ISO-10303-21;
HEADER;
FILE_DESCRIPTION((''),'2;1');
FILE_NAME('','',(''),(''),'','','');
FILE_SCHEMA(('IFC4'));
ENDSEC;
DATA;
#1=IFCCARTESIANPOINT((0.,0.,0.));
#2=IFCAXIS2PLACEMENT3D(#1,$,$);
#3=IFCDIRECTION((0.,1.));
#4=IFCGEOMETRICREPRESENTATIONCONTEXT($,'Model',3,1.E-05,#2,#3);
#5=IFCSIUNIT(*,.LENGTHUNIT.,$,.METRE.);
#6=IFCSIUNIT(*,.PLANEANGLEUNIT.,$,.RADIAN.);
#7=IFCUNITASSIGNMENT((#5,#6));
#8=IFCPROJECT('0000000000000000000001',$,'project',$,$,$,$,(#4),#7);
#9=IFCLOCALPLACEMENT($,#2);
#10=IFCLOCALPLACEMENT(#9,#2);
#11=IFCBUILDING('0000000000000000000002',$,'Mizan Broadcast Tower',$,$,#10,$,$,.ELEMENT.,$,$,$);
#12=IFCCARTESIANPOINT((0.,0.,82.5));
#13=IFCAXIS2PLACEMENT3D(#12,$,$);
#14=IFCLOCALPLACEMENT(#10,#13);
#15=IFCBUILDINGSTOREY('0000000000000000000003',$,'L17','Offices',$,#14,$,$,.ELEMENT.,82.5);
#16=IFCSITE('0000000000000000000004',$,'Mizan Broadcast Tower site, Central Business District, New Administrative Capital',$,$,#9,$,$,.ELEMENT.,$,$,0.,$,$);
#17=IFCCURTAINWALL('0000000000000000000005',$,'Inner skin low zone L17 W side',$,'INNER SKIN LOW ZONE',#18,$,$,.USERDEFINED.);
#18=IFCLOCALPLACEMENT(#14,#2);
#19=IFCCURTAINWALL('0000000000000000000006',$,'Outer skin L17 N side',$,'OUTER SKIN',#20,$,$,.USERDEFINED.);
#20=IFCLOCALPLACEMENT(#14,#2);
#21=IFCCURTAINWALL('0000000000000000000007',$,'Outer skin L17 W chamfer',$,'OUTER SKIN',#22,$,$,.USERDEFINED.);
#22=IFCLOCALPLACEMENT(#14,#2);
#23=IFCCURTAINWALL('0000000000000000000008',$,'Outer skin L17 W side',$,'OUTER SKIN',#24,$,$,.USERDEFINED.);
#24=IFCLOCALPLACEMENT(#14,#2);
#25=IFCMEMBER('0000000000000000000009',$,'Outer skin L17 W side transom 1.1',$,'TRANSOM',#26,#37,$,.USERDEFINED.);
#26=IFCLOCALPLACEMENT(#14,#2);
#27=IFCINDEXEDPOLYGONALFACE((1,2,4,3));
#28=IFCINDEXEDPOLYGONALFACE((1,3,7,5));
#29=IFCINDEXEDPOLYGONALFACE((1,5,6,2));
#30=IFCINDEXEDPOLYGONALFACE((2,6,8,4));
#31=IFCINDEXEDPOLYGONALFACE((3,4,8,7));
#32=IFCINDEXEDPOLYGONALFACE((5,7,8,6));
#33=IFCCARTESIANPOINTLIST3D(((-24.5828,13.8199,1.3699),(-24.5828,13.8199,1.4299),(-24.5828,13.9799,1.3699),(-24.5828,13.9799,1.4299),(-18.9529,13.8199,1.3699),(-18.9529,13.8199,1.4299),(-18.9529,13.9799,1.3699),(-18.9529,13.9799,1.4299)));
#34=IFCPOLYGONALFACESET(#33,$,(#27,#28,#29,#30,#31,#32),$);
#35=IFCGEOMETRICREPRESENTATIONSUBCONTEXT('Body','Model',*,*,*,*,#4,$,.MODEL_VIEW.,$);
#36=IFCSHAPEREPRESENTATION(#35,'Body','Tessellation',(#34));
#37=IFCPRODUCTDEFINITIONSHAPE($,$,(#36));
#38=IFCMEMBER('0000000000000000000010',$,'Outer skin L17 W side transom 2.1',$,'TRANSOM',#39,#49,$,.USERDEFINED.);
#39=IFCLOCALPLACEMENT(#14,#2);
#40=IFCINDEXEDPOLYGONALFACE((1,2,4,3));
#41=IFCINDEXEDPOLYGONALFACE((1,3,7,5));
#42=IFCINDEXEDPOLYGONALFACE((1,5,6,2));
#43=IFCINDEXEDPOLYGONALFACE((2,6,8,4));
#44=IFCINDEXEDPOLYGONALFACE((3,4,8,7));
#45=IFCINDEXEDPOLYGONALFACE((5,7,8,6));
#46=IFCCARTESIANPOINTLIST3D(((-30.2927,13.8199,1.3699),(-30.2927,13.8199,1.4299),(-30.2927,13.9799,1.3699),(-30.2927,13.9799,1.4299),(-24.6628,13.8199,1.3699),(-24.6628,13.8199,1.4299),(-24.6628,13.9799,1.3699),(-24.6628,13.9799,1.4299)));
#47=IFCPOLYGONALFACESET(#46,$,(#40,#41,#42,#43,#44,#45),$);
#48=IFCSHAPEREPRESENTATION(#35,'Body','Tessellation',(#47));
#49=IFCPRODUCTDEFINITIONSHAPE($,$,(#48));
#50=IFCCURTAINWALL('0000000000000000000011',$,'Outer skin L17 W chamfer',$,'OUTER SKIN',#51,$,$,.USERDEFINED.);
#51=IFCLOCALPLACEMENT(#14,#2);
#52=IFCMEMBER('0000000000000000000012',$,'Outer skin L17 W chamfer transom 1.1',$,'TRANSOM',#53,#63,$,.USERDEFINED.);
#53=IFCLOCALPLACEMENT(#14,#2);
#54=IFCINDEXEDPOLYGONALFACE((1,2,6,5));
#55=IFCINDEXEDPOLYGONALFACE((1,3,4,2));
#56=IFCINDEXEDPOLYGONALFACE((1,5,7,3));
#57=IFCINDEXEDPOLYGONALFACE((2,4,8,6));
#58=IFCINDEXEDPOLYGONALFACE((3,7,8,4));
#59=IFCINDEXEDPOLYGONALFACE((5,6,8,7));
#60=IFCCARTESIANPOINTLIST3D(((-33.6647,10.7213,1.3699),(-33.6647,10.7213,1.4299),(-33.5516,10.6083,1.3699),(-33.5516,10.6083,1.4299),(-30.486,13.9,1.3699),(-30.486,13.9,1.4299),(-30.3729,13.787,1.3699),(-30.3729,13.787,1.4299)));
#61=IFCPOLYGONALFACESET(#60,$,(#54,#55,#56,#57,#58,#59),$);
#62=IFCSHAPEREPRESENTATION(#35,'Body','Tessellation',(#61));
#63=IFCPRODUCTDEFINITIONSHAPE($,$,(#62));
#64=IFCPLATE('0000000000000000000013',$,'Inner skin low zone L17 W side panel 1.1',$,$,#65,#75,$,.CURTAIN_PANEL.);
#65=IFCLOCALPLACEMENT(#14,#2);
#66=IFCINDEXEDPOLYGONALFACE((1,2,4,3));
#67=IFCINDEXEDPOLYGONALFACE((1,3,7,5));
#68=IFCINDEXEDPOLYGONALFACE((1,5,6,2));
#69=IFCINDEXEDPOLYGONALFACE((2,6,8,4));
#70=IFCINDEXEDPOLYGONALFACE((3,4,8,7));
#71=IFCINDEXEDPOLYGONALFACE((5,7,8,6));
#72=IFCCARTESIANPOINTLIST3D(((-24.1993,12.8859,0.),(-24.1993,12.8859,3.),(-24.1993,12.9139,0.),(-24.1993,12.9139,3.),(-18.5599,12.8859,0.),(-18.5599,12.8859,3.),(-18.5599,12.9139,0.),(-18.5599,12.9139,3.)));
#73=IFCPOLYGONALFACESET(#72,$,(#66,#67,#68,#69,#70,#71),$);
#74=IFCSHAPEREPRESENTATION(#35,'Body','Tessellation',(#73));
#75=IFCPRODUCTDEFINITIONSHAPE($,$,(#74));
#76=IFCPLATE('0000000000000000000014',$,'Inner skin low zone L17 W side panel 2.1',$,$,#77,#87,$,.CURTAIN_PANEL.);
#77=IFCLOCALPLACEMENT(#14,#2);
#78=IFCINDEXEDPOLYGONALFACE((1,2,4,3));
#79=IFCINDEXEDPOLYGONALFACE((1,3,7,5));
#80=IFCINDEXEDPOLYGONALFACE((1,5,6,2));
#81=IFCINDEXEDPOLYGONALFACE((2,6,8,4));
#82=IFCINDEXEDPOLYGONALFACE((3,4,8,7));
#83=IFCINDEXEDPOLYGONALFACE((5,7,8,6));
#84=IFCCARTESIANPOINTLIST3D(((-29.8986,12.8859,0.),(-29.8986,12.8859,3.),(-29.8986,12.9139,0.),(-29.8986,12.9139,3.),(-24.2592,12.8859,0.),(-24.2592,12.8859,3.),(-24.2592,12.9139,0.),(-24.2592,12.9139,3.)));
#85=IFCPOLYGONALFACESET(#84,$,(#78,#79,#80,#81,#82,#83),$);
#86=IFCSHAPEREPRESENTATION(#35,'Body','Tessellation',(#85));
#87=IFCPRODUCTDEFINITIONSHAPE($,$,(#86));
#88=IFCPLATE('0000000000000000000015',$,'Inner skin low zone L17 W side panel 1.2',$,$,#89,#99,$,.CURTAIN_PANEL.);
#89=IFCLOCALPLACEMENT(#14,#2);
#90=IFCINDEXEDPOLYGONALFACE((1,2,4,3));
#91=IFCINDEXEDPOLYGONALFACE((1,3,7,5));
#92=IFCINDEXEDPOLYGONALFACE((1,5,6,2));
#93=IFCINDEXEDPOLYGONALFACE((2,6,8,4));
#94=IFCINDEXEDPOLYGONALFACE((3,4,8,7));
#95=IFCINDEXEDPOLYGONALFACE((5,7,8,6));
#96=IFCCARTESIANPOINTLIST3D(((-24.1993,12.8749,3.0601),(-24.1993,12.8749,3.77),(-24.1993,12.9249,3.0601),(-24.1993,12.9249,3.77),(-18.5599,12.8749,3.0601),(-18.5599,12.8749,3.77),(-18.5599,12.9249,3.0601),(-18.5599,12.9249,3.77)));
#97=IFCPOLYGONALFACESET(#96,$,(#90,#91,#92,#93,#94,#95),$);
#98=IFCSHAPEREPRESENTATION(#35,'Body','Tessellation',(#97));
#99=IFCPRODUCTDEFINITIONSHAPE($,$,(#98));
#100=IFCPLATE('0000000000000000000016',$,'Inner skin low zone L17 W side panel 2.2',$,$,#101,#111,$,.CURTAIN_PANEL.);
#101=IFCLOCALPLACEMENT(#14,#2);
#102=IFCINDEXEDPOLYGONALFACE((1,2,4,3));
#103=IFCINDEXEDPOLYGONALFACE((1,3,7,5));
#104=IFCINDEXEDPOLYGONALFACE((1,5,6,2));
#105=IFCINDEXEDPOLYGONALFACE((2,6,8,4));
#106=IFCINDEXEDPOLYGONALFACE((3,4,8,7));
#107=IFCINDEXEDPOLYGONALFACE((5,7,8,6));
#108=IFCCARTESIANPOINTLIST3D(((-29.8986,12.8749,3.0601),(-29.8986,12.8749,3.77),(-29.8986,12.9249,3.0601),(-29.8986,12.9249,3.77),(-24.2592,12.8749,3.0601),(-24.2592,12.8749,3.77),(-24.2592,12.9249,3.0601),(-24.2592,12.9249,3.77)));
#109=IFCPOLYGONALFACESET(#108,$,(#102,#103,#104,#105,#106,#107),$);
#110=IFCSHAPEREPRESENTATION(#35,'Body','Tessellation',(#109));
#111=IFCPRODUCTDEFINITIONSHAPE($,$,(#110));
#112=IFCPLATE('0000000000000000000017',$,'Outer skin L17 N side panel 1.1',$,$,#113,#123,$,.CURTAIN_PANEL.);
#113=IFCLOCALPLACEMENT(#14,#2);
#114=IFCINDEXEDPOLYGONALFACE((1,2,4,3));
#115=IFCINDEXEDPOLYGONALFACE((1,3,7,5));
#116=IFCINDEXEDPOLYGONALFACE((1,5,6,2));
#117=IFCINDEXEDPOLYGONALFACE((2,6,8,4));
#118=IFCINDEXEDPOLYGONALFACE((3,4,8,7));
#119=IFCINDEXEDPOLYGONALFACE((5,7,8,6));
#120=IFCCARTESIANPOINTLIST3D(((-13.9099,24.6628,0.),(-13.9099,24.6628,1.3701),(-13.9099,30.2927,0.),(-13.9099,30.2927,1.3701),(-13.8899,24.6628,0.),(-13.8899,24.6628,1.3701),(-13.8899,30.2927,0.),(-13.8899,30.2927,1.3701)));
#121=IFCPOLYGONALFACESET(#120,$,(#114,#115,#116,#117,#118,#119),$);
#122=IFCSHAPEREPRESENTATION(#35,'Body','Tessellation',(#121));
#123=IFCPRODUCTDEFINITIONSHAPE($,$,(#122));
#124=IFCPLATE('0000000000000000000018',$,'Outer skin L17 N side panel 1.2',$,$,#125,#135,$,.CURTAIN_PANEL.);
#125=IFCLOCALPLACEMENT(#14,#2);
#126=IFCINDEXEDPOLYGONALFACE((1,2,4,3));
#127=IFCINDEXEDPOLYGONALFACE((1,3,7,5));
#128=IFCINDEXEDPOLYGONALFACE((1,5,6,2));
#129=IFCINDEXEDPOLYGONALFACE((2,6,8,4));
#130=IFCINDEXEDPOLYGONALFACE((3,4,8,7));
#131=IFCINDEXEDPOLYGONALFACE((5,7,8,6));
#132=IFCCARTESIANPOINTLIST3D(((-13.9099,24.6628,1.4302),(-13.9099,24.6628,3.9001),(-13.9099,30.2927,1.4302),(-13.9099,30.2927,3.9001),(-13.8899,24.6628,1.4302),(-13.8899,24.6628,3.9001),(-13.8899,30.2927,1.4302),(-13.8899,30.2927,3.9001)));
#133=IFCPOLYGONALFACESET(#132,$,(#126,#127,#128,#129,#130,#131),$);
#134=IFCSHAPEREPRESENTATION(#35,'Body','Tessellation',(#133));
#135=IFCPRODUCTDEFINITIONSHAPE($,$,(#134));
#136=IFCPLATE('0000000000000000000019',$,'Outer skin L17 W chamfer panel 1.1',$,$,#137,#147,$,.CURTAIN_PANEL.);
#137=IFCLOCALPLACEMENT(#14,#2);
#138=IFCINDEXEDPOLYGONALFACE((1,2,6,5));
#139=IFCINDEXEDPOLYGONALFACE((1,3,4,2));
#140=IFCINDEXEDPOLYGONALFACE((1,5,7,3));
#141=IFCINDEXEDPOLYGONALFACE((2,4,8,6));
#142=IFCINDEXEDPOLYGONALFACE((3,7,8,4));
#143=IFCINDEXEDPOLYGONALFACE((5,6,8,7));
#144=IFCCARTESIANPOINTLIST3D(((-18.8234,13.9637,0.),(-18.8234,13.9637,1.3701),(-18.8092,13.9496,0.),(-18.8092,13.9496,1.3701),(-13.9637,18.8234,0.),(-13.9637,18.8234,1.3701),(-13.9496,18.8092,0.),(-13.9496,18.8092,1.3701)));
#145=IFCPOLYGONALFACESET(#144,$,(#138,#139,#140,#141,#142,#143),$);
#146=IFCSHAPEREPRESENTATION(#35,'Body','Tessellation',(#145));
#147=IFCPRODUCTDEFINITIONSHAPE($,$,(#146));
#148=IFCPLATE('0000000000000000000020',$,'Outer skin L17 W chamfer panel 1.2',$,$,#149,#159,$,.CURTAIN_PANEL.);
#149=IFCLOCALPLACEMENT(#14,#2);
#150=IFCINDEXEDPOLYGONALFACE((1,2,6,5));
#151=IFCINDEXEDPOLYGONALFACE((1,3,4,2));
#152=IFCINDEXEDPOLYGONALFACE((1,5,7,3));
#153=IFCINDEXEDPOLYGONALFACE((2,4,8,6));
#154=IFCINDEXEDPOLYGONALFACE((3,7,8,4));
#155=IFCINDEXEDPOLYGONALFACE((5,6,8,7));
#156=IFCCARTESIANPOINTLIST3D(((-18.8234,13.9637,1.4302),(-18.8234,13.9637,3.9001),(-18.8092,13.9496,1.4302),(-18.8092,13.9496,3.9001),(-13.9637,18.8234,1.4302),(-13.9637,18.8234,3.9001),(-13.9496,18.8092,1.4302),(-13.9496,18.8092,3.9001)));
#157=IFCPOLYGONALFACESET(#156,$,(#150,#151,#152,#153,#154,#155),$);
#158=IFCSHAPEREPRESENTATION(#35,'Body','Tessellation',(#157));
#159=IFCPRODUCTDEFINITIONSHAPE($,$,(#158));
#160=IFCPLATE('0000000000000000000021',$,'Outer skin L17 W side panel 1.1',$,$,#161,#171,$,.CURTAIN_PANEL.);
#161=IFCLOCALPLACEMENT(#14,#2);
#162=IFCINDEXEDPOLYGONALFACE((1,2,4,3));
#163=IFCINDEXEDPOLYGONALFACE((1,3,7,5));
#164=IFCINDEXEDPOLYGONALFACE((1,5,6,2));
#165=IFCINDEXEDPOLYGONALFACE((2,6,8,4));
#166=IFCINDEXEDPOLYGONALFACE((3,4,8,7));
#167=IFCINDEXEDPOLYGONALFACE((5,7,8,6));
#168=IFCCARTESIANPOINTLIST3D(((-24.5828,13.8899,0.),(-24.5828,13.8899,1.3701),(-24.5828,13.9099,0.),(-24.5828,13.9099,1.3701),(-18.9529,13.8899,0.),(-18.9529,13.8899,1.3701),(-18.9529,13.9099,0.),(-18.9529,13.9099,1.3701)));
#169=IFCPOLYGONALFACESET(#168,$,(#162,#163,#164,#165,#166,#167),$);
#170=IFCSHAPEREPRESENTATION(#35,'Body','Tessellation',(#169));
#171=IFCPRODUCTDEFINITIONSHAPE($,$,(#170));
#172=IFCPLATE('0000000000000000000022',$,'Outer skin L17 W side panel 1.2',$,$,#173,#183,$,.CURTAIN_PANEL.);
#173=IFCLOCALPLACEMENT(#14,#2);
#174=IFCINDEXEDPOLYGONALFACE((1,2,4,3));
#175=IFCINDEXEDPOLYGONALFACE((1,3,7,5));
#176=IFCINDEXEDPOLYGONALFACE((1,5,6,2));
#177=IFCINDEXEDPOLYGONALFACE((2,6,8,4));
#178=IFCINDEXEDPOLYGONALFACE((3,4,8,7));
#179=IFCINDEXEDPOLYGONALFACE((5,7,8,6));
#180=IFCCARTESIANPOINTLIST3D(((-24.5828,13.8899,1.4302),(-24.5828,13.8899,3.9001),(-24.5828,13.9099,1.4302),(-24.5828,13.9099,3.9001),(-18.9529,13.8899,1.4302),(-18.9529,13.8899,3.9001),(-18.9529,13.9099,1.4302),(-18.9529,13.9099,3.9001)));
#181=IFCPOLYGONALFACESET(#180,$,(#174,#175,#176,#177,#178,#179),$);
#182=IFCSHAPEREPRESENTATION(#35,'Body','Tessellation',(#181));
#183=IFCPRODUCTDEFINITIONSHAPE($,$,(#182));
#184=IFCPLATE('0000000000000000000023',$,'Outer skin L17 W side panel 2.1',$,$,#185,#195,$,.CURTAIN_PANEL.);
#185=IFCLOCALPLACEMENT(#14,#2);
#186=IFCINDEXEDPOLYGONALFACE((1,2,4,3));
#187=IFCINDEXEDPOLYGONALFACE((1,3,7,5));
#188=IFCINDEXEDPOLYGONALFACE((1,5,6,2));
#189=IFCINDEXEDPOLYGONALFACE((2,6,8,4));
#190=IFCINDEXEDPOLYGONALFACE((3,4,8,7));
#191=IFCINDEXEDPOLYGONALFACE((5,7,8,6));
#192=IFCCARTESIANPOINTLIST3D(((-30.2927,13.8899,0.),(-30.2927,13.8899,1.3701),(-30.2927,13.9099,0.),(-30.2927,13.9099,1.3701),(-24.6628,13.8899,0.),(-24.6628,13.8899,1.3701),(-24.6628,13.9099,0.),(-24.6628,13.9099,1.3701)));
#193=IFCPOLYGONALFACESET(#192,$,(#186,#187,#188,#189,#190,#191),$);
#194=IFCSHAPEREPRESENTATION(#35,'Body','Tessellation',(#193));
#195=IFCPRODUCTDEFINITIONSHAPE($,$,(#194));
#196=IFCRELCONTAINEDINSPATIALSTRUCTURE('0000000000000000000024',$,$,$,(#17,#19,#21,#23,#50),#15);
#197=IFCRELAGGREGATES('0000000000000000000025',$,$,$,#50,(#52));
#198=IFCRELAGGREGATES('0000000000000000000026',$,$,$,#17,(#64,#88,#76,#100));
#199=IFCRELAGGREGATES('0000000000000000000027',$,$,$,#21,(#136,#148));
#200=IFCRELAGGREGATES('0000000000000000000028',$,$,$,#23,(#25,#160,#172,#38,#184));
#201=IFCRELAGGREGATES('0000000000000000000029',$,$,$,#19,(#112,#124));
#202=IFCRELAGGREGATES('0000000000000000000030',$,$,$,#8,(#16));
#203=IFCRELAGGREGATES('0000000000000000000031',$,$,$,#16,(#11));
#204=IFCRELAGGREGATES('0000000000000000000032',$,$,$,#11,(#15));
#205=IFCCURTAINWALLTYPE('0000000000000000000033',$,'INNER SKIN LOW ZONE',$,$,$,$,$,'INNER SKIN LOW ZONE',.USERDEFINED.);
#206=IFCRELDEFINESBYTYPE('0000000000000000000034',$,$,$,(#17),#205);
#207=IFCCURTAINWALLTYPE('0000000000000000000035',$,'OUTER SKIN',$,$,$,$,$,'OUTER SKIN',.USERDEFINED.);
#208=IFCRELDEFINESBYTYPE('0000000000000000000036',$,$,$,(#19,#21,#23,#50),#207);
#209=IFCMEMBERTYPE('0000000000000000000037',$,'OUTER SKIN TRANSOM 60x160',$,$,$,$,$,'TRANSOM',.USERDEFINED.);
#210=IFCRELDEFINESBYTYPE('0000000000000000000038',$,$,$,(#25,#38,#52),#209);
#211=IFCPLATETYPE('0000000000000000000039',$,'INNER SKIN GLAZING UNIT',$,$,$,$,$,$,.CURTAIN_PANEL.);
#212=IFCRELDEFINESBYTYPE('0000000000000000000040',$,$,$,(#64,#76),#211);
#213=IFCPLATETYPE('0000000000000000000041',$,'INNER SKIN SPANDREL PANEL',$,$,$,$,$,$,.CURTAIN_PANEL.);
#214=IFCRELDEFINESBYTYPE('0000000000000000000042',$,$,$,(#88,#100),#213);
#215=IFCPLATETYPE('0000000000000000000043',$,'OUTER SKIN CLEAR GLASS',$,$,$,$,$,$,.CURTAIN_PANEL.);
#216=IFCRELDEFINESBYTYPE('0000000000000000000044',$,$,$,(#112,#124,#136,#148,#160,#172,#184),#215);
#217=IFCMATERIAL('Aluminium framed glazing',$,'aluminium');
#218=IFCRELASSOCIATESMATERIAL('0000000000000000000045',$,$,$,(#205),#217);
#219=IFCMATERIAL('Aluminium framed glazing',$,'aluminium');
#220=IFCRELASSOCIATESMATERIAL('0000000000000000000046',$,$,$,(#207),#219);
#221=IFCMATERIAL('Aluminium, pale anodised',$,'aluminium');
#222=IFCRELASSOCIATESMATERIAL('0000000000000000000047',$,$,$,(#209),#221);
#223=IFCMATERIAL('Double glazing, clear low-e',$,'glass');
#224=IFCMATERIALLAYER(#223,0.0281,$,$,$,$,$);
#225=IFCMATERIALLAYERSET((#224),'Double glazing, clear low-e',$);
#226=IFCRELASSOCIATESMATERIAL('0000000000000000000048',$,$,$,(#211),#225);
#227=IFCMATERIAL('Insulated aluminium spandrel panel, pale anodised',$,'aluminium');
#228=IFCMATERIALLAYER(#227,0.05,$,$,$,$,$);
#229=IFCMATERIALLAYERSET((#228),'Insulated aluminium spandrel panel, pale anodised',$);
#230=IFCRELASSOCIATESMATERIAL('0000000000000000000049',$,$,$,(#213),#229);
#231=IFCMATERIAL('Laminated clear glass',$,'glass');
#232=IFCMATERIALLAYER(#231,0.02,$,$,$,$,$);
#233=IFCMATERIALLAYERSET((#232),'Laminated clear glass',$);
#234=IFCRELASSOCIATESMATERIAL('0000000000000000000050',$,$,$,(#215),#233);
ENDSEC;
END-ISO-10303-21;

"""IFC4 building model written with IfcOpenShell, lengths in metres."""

from ifc_helpers import new_model, si_unit, direction, frame, origin, origin_2d, place, context, subcontext, project, spatial, rectangle, extrude, material, layer, layer_set, material_profile, profile_set, type_object, element, aggregate, save


model = new_model("IFC4")

# Units and contexts
model_context = context("Model", 3, precision=1e-05, world=origin(), true_north=direction((0.0, 1.0)))
body_context = subcontext(model_context, "Body", "Model", "MODEL_VIEW")
ifc_project = project(units=[si_unit("LENGTHUNIT", "METRE"), si_unit("PLANEANGLEUNIT", "RADIAN")], contexts=[model_context])

# Site, building, storey
site_placement = place(None, origin())
site = spatial("IfcSite", under=ifc_project, at=site_placement, Name="Mizan Broadcast Tower site, Central Business District, New Administrative Capital", CompositionType="ELEMENT", RefElevation=0.0)
building_placement = place(site_placement, origin())
building = spatial("IfcBuilding", under=site, at=building_placement, Name="Mizan Broadcast Tower", CompositionType="ELEMENT")
storey_placement = place(building_placement, frame((0.0, 0.0, 82.5)))
storey = spatial("IfcBuildingStorey", under=building, at=storey_placement, Name="L17", Description="Offices", CompositionType="ELEMENT", Elevation=82.5)

# Curtain wall
ifc_material_1 = material(Name="Aluminium framed glazing", Category="aluminium")
curtain_wall_type_1 = type_object("IfcCurtainWallType", Name="INNER SKIN LOW ZONE", ElementType="INNER SKIN LOW ZONE", PredefinedType="USERDEFINED", material=ifc_material_1)
curtain_wall_1_placement = place(storey_placement, origin())
curtain_wall_1 = element("IfcCurtainWall", 1, at=curtain_wall_1_placement, inside=storey, type_object=curtain_wall_type_1, Name="Inner skin low zone L17 W side", ObjectType="INNER SKIN LOW ZONE", PredefinedType="USERDEFINED")

# Shared definitions
ifc_material_2 = material(Name="Aluminium framed glazing", Category="aluminium")
curtain_wall_type_2 = type_object("IfcCurtainWallType", Name="OUTER SKIN", ElementType="OUTER SKIN", PredefinedType="USERDEFINED", material=ifc_material_2)

# Curtain wall
curtain_wall_2_placement = place(storey_placement, origin())
curtain_wall_2 = element("IfcCurtainWall", 2, at=curtain_wall_2_placement, inside=storey, type_object=curtain_wall_type_2, Name="Outer skin L17 N side", ObjectType="OUTER SKIN", PredefinedType="USERDEFINED")

# Curtain wall
curtain_wall_3_placement = place(storey_placement, origin())
curtain_wall_3 = element("IfcCurtainWall", 3, at=curtain_wall_3_placement, inside=storey, type_object=curtain_wall_type_2, Name="Outer skin L17 W chamfer", ObjectType="OUTER SKIN", PredefinedType="USERDEFINED")

# Curtain wall
curtain_wall_4_placement = place(storey_placement, origin())
curtain_wall_4 = element("IfcCurtainWall", 4, at=curtain_wall_4_placement, inside=storey, type_object=curtain_wall_type_2, Name="Outer skin L17 W side", ObjectType="OUTER SKIN", PredefinedType="USERDEFINED")

# Members
ifc_material_3 = material(Name="Aluminium, pale anodised", Category="aluminium")
ifc_material_profile_1 = material_profile(ifc_material_3, rectangle(XDim=0.1599, YDim=0.0601, at=origin_2d()), Name="TRANSOM 160x60")
ifc_profile_set_1 = profile_set([ifc_material_profile_1], Name="Aluminium, pale anodised")
member_type_1 = type_object("IfcMemberType", Name="OUTER SKIN TRANSOM 60x160", ElementType="TRANSOM", PredefinedType="USERDEFINED", material=ifc_profile_set_1)
member_1_placement = place(storey_placement, frame((-18.9529, 13.8999, 1.3999), z_axis=(-1.0, 0.0, 0.0), x_axis=(0.0, -1.0, 0.0)))
member_1 = element("IfcMember", 5, at=member_1_placement, type_object=member_type_1, Name="Outer skin L17 W side transom 1.1", ObjectType="TRANSOM", PredefinedType="USERDEFINED", context=body_context, shape_type="SweptSolid", body=[
    extrude(rectangle(XDim=0.1599, YDim=0.0601, at=origin_2d()), origin(), (0.0, 0.0, 1.0), 5.6299),
])
member_2_placement = place(storey_placement, frame((-24.6628, 13.8999, 1.3999), z_axis=(-1.0, 0.0, 0.0), x_axis=(0.0, -1.0, 0.0)))
member_2 = element("IfcMember", 6, at=member_2_placement, type_object=member_type_1, Name="Outer skin L17 W side transom 2.1", ObjectType="TRANSOM", PredefinedType="USERDEFINED", context=body_context, shape_type="SweptSolid", body=[
    extrude(rectangle(XDim=0.1599, YDim=0.0601, at=origin_2d()), origin(), (0.0, 0.0, 1.0), 5.6299),
])

# Curtain wall, member
curtain_wall_5_placement = place(storey_placement, origin())
curtain_wall_5 = element("IfcCurtainWall", 7, at=curtain_wall_5_placement, inside=storey, type_object=curtain_wall_type_2, Name="Outer skin L17 W chamfer", ObjectType="OUTER SKIN", PredefinedType="USERDEFINED")
member_3_placement = place(storey_placement, frame((-30.4294, 13.8435, 1.3999), z_axis=(-0.707107, -0.707107, 0.0), x_axis=(0.707107, -0.707107, 0.0)))
member_3 = element("IfcMember", 8, at=member_3_placement, type_object=member_type_1, Name="Outer skin L17 W chamfer transom 1.1", ObjectType="TRANSOM", PredefinedType="USERDEFINED", context=body_context, shape_type="SweptSolid", body=[
    extrude(rectangle(XDim=0.1599, YDim=0.0601, at=origin_2d()), origin(), (0.0, 0.0, 1.0), 4.4954),
])
aggregate(curtain_wall_5, [member_3])

# Plates
ifc_material_4 = material(Name="Double glazing, clear low-e", Category="glass")
ifc_layer_1 = layer(ifc_material_4, 0.0281)
ifc_layer_set_1 = layer_set([ifc_layer_1], Name="Double glazing, clear low-e")
plate_type_1 = type_object("IfcPlateType", Name="INNER SKIN GLAZING UNIT", PredefinedType="CURTAIN_PANEL", material=ifc_layer_set_1)
plate_1_placement = place(storey_placement, frame((-21.3796, 12.8999, 0.0), z_axis=(0.0, 0.0, 1.0), x_axis=(-1.0, 0.0, 0.0)))
plate_1 = element("IfcPlate", 9, at=plate_1_placement, type_object=plate_type_1, Name="Inner skin low zone L17 W side panel 1.1", PredefinedType="CURTAIN_PANEL", context=body_context, shape_type="SweptSolid", body=[
    extrude(rectangle(XDim=5.6394, YDim=0.0281, at=origin_2d()), origin(), (0.0, 0.0, 1.0), 3.0),
])
plate_2_placement = place(storey_placement, frame((-27.0789, 12.8999, 0.0), z_axis=(0.0, 0.0, 1.0), x_axis=(-1.0, 0.0, 0.0)))
plate_2 = element("IfcPlate", 10, at=plate_2_placement, type_object=plate_type_1, Name="Inner skin low zone L17 W side panel 2.1", PredefinedType="CURTAIN_PANEL", context=body_context, shape_type="SweptSolid", body=[
    extrude(rectangle(XDim=5.6394, YDim=0.0281, at=origin_2d()), origin(), (0.0, 0.0, 1.0), 3.0),
])
ifc_material_5 = material(Name="Insulated aluminium spandrel panel, pale anodised", Category="aluminium")
ifc_layer_2 = layer(ifc_material_5, 0.05)
ifc_layer_set_2 = layer_set([ifc_layer_2], Name="Insulated aluminium spandrel panel, pale anodised")
plate_type_2 = type_object("IfcPlateType", Name="INNER SKIN SPANDREL PANEL", PredefinedType="CURTAIN_PANEL", material=ifc_layer_set_2)
plate_3_placement = place(storey_placement, frame((-21.3796, 12.8999, 3.0601), z_axis=(0.0, 0.0, 1.0), x_axis=(-1.0, 0.0, 0.0)))
plate_3 = element("IfcPlate", 11, at=plate_3_placement, type_object=plate_type_2, Name="Inner skin low zone L17 W side panel 1.2", PredefinedType="CURTAIN_PANEL", context=body_context, shape_type="SweptSolid", body=[
    extrude(rectangle(XDim=5.6394, YDim=0.05, at=origin_2d()), origin(), (0.0, 0.0, 1.0), 0.71),
])
plate_4_placement = place(storey_placement, frame((-27.0789, 12.8999, 3.0601), z_axis=(0.0, 0.0, 1.0), x_axis=(-1.0, 0.0, 0.0)))
plate_4 = element("IfcPlate", 12, at=plate_4_placement, type_object=plate_type_2, Name="Inner skin low zone L17 W side panel 2.2", PredefinedType="CURTAIN_PANEL", context=body_context, shape_type="SweptSolid", body=[
    extrude(rectangle(XDim=5.6394, YDim=0.05, at=origin_2d()), origin(), (0.0, 0.0, 1.0), 0.71),
])
aggregate(curtain_wall_1, [plate_1, plate_3, plate_2, plate_4])
ifc_material_6 = material(Name="Laminated clear glass", Category="glass")
ifc_layer_3 = layer(ifc_material_6, 0.02)
ifc_layer_set_3 = layer_set([ifc_layer_3], Name="Laminated clear glass")
plate_type_3 = type_object("IfcPlateType", Name="OUTER SKIN CLEAR GLASS", PredefinedType="CURTAIN_PANEL", material=ifc_layer_set_3)
plate_5_placement = place(storey_placement, frame((-13.8999, 27.4778, 0.0), z_axis=(0.0, 0.0, 1.0), x_axis=(0.0, -1.0, 0.0)))
plate_5 = element("IfcPlate", 13, at=plate_5_placement, type_object=plate_type_3, Name="Outer skin L17 N side panel 1.1", PredefinedType="CURTAIN_PANEL", context=body_context, shape_type="SweptSolid", body=[
    extrude(rectangle(XDim=5.6299, YDim=0.02, at=origin_2d()), origin(), (0.0, 0.0, 1.0), 1.3701),
])
plate_6_placement = place(storey_placement, frame((-13.8999, 27.4778, 1.4302), z_axis=(0.0, 0.0, 1.0), x_axis=(0.0, -1.0, 0.0)))
plate_6 = element("IfcPlate", 14, at=plate_6_placement, type_object=plate_type_3, Name="Outer skin L17 N side panel 1.2", PredefinedType="CURTAIN_PANEL", context=body_context, shape_type="SweptSolid", body=[
    extrude(rectangle(XDim=5.6299, YDim=0.02, at=origin_2d()), origin(), (0.0, 0.0, 1.0), 2.47),
])
plate_7_placement = place(storey_placement, frame((-16.3865, 16.3865, 0.0), z_axis=(0.0, 0.0, 1.0), x_axis=(-0.707107, -0.707107, 0.0)))
plate_7 = element("IfcPlate", 15, at=plate_7_placement, type_object=plate_type_3, Name="Outer skin L17 W chamfer panel 1.1", PredefinedType="CURTAIN_PANEL", context=body_context, shape_type="SweptSolid", body=[
    extrude(rectangle(XDim=6.8726, YDim=0.02, at=origin_2d()), origin(), (0.0, 0.0, 1.0), 1.3701),
])
plate_8_placement = place(storey_placement, frame((-16.3865, 16.3865, 1.4302), z_axis=(0.0, 0.0, 1.0), x_axis=(-0.707107, -0.707107, 0.0)))
plate_8 = element("IfcPlate", 16, at=plate_8_placement, type_object=plate_type_3, Name="Outer skin L17 W chamfer panel 1.2", PredefinedType="CURTAIN_PANEL", context=body_context, shape_type="SweptSolid", body=[
    extrude(rectangle(XDim=6.8726, YDim=0.02, at=origin_2d()), origin(), (0.0, 0.0, 1.0), 2.47),
])
aggregate(curtain_wall_3, [plate_7, plate_8])
plate_9_placement = place(storey_placement, frame((-21.7678, 13.8999, 0.0), z_axis=(0.0, 0.0, 1.0), x_axis=(-1.0, 0.0, 0.0)))
plate_9 = element("IfcPlate", 17, at=plate_9_placement, type_object=plate_type_3, Name="Outer skin L17 W side panel 1.1", PredefinedType="CURTAIN_PANEL", context=body_context, shape_type="SweptSolid", body=[
    extrude(rectangle(XDim=5.6299, YDim=0.02, at=origin_2d()), origin(), (0.0, 0.0, 1.0), 1.3701),
])
plate_10_placement = place(storey_placement, frame((-21.7678, 13.8999, 1.4302), z_axis=(0.0, 0.0, 1.0), x_axis=(-1.0, 0.0, 0.0)))
plate_10 = element("IfcPlate", 18, at=plate_10_placement, type_object=plate_type_3, Name="Outer skin L17 W side panel 1.2", PredefinedType="CURTAIN_PANEL", context=body_context, shape_type="SweptSolid", body=[
    extrude(rectangle(XDim=5.6299, YDim=0.02, at=origin_2d()), origin(), (0.0, 0.0, 1.0), 2.47),
])
plate_11_placement = place(storey_placement, frame((-27.4778, 13.8999, 0.0), z_axis=(0.0, 0.0, 1.0), x_axis=(-1.0, 0.0, 0.0)))
plate_11 = element("IfcPlate", 19, at=plate_11_placement, type_object=plate_type_3, Name="Outer skin L17 W side panel 2.1", PredefinedType="CURTAIN_PANEL", context=body_context, shape_type="SweptSolid", body=[
    extrude(rectangle(XDim=5.6299, YDim=0.02, at=origin_2d()), origin(), (0.0, 0.0, 1.0), 1.3701),
])
aggregate(curtain_wall_4, [member_1, plate_9, plate_10, member_2, plate_11])
aggregate(curtain_wall_2, [plate_5, plate_6])

save(model, "model.ifc")
